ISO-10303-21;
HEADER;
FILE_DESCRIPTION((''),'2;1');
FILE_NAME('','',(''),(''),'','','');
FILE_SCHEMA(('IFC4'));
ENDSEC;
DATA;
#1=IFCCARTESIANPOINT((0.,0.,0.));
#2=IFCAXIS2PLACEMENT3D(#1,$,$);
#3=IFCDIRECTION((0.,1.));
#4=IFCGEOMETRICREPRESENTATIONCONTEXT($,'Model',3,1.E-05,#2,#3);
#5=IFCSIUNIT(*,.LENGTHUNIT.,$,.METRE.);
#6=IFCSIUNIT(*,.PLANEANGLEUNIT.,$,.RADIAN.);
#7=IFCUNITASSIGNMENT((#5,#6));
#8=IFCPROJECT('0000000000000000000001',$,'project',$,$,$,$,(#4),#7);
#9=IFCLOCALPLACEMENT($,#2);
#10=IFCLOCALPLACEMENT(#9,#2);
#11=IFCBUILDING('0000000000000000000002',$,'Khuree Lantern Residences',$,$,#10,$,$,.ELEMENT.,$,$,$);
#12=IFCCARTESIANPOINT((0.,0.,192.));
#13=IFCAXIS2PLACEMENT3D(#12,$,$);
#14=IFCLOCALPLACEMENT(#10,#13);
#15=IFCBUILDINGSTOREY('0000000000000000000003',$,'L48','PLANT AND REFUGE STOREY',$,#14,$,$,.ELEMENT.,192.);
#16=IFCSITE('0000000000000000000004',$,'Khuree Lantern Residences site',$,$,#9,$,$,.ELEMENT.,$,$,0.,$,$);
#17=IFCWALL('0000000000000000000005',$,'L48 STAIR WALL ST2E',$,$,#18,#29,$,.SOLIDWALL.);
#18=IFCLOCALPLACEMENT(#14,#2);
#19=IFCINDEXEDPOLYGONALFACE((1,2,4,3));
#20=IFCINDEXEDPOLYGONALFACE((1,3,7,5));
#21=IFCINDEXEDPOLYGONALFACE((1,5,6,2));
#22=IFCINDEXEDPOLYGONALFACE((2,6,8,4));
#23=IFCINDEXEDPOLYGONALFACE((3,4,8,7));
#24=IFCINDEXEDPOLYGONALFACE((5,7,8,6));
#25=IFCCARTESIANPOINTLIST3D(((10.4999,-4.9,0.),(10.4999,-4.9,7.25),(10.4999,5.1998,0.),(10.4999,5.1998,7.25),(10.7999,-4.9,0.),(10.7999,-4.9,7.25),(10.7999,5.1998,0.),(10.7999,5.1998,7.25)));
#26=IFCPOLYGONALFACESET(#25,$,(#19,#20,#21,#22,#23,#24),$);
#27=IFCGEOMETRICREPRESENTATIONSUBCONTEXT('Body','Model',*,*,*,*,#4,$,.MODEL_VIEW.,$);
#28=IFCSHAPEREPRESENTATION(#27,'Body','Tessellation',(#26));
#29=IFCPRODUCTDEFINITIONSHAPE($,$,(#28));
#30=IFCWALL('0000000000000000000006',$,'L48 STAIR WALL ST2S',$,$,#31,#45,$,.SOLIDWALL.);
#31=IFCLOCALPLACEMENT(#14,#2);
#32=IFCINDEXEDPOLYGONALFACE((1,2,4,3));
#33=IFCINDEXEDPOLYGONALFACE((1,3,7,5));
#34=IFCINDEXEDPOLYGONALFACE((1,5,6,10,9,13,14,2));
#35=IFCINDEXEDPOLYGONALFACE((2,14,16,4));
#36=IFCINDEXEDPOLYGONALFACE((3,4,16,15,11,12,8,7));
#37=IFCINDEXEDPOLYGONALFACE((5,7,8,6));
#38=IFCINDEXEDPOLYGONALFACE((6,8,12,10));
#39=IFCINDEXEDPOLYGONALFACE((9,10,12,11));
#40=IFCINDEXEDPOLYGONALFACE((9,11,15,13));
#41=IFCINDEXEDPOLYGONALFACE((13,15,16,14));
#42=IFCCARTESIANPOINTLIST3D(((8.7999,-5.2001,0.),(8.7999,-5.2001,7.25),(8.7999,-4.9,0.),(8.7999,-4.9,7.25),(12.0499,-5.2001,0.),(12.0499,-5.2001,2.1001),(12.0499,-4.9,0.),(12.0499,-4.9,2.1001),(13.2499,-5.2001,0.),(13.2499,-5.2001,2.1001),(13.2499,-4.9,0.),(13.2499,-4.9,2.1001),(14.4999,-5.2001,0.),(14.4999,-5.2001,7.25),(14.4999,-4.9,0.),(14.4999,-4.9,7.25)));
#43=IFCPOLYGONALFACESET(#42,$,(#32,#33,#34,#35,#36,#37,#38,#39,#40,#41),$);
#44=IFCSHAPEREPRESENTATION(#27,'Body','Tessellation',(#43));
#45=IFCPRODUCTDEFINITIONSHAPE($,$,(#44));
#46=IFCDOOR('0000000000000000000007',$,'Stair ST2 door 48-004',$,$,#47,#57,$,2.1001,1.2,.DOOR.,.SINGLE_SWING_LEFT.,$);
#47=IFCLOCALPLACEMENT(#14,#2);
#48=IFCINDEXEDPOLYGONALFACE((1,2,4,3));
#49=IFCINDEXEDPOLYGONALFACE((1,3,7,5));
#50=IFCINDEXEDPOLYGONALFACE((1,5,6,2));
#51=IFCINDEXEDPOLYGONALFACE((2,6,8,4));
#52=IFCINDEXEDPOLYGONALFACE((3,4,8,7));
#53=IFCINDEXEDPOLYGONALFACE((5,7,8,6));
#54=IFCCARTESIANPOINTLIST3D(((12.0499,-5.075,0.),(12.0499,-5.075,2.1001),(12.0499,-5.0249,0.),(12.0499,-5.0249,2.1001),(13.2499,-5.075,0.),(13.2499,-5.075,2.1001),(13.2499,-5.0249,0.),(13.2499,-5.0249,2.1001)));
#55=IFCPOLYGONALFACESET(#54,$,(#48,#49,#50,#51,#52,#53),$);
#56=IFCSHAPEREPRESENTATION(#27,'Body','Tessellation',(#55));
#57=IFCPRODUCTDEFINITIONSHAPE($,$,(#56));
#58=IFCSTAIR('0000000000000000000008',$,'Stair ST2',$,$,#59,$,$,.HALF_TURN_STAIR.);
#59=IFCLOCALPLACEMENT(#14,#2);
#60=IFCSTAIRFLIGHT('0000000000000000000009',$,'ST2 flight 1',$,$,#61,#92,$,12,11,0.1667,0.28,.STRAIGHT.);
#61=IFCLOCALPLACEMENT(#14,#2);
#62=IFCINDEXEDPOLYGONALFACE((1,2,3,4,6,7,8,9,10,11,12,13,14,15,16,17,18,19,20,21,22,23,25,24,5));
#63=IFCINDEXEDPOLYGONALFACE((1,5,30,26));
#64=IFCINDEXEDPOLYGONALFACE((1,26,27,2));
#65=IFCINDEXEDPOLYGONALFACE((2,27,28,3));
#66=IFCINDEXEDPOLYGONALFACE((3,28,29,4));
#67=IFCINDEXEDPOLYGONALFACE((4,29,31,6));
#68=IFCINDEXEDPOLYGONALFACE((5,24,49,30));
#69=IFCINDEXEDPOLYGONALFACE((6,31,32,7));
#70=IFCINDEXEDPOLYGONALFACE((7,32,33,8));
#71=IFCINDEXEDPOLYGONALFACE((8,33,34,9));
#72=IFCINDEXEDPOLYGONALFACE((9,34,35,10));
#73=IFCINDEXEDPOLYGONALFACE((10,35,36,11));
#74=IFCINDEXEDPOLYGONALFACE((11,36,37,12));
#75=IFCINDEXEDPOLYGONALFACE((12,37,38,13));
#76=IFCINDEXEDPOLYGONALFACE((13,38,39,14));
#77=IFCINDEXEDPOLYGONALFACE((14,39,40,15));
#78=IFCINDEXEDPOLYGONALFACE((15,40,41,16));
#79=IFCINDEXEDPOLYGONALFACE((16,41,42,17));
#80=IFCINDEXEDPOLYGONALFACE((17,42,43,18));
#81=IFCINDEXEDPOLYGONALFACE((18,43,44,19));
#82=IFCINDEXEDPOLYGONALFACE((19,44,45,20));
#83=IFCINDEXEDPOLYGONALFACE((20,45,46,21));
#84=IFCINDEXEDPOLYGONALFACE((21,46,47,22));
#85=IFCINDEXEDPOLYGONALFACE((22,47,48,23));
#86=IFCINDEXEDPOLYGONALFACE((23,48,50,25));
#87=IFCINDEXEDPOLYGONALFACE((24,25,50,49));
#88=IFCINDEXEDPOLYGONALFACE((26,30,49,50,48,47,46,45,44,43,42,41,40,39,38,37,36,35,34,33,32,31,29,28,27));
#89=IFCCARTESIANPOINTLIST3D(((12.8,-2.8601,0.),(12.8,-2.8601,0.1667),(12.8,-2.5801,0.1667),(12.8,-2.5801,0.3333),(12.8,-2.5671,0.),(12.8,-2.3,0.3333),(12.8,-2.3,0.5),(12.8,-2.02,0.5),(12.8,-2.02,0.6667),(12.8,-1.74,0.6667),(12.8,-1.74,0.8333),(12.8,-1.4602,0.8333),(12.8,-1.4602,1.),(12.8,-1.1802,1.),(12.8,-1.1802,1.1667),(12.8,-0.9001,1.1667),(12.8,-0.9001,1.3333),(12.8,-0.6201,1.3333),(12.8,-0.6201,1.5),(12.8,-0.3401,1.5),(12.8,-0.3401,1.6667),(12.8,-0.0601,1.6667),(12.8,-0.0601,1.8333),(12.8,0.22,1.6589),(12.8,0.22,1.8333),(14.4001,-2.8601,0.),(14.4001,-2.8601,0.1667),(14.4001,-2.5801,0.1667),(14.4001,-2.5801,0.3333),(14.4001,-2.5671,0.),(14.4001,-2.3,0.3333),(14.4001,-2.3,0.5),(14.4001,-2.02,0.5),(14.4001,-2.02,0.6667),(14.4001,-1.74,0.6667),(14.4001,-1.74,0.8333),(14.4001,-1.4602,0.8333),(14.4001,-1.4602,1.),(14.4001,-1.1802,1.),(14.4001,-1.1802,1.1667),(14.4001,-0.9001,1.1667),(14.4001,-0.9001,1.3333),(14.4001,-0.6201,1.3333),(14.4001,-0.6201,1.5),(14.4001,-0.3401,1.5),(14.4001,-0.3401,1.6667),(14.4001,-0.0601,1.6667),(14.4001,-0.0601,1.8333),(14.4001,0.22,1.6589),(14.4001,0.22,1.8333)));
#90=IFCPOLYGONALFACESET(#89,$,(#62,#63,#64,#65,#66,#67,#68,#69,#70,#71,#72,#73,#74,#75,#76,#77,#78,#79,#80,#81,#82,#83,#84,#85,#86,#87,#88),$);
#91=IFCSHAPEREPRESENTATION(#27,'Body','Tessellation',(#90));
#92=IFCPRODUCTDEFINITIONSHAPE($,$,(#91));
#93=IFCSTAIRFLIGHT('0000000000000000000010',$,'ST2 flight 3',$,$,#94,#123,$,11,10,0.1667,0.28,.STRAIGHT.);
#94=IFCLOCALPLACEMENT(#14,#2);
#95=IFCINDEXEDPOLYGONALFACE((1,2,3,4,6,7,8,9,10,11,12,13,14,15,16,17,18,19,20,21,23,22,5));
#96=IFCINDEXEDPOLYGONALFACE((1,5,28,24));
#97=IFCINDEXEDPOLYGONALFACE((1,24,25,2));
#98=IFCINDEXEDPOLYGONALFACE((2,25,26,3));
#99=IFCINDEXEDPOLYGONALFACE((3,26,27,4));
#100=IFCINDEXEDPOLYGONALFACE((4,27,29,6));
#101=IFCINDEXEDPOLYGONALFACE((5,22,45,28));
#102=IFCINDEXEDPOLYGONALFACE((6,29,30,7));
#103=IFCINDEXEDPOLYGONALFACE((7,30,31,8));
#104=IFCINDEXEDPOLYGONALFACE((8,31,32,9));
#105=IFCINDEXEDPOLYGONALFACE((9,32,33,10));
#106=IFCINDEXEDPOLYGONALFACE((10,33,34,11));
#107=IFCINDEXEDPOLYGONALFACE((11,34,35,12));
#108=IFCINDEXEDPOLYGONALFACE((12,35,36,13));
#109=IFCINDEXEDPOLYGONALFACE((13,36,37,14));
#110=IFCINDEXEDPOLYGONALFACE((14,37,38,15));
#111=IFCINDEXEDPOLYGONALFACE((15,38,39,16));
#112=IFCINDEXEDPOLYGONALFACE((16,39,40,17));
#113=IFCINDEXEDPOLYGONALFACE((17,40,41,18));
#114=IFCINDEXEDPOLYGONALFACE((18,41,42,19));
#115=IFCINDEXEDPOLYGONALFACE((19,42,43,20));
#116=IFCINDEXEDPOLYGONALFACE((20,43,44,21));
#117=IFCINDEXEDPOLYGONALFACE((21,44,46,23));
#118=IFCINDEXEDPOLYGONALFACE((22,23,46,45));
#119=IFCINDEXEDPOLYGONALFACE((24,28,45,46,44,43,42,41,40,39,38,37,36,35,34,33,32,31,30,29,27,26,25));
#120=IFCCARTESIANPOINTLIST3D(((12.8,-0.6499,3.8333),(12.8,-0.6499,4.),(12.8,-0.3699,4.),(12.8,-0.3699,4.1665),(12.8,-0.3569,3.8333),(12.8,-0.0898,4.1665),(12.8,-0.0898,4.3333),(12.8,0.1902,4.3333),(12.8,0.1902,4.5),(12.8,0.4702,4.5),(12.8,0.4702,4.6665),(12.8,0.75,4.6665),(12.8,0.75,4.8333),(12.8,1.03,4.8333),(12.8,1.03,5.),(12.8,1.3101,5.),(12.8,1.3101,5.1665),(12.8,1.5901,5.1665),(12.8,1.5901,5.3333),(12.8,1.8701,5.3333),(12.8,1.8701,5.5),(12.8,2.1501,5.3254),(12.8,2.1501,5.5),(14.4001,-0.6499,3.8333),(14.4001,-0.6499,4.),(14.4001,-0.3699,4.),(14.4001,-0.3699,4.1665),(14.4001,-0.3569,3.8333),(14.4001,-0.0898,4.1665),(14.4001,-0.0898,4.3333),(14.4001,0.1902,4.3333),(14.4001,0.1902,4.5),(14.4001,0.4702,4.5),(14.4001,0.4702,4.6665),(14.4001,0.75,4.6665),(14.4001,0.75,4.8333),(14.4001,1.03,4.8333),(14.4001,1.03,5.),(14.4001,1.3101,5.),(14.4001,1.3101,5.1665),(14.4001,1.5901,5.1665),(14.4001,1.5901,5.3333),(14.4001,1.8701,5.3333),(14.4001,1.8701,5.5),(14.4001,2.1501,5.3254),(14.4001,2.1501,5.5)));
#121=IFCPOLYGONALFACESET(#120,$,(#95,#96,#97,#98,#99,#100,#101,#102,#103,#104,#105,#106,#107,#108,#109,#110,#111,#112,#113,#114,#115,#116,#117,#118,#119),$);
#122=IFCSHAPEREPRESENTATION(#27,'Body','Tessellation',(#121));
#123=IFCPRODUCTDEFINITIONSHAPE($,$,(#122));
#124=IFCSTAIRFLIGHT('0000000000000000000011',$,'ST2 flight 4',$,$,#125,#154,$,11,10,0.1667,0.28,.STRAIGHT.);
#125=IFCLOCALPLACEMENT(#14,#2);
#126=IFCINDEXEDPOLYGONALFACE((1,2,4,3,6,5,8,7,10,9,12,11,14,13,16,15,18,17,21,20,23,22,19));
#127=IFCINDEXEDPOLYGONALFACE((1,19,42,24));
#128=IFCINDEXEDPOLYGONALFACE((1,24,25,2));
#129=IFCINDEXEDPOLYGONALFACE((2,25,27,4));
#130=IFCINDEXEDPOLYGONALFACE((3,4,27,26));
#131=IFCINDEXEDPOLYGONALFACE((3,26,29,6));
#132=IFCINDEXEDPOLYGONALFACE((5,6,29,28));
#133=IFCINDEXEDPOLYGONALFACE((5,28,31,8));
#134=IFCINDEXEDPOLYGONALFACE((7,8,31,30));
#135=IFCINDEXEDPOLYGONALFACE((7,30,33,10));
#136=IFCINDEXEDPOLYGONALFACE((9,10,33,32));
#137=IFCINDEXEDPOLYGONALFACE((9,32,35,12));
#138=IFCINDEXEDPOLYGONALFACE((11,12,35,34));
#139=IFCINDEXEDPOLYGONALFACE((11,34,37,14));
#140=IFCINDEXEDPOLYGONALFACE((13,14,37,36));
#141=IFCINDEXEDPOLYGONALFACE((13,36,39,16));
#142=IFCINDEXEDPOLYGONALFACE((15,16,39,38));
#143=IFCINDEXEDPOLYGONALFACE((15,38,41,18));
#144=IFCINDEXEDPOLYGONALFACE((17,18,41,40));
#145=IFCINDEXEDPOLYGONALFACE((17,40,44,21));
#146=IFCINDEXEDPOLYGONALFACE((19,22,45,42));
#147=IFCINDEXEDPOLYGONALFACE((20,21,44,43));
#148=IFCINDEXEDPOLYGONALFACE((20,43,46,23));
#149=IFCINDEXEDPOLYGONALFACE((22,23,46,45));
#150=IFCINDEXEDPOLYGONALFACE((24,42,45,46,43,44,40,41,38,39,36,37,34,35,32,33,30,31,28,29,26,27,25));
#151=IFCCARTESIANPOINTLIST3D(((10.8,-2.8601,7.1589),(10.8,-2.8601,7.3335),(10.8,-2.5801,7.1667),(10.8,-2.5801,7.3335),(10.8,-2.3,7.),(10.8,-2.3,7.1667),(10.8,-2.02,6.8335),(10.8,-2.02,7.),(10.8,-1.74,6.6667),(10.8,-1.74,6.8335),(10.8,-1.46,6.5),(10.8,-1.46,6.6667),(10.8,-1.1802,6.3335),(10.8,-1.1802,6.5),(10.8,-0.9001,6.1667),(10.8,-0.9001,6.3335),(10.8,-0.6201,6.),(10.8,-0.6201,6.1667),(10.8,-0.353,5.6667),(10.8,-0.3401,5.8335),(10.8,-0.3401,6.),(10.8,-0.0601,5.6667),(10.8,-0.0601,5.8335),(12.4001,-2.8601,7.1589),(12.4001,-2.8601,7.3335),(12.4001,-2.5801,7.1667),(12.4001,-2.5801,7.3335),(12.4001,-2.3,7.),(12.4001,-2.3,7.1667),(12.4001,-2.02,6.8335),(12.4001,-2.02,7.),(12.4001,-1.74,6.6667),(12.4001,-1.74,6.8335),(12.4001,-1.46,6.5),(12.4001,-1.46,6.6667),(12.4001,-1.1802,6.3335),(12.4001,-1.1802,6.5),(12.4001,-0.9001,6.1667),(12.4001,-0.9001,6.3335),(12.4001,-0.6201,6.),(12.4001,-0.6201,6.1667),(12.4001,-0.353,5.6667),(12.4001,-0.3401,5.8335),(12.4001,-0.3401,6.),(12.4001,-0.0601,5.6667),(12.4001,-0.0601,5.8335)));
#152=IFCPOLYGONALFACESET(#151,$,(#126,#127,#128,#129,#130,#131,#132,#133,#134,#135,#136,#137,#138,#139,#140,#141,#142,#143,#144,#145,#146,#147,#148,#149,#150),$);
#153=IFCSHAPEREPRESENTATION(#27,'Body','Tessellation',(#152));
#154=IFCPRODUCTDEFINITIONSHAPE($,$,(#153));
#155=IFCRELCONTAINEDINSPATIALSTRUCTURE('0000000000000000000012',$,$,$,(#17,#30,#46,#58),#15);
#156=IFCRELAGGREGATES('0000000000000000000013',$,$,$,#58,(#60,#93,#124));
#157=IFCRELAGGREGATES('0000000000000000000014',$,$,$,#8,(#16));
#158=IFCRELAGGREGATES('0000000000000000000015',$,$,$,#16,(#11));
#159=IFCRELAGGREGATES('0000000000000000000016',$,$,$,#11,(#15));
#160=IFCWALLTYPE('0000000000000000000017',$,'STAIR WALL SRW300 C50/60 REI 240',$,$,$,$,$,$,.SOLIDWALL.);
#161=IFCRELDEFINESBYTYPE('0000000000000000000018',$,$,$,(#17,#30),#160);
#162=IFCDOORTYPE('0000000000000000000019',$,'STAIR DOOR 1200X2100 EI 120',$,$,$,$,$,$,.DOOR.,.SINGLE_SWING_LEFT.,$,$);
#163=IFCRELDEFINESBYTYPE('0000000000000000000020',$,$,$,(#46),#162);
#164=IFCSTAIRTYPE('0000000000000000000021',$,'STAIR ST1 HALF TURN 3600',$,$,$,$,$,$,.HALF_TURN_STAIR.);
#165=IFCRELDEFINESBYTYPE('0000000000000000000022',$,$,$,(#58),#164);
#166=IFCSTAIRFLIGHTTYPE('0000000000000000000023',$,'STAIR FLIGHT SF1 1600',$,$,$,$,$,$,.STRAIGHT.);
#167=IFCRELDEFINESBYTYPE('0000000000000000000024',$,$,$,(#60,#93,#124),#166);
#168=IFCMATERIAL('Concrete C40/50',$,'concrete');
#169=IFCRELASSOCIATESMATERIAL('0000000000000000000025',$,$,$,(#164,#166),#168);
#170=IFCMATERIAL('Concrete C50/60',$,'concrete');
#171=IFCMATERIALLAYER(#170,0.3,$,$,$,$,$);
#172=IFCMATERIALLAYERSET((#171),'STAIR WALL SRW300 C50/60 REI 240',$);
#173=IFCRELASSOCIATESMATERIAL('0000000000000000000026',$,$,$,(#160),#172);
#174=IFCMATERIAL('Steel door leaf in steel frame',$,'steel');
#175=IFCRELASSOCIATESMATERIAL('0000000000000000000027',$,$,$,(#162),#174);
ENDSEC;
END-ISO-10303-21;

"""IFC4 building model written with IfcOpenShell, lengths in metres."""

from ifc_helpers import new_model, si_unit, direction, frame, frame_2d, origin, place, context, subcontext, project, spatial, polyline, rectangle, outline, extrude, material, layer, layer_set, type_object, element, fill, aggregate, save


model = new_model("IFC4")

# Units and contexts
model_context = context("Model", 3, precision=1e-05, world=origin(), true_north=direction((0.0, 1.0)))
body_context = subcontext(model_context, "Body", "Model", "MODEL_VIEW")
ifc_project = project(units=[si_unit("LENGTHUNIT", "METRE"), si_unit("PLANEANGLEUNIT", "RADIAN")], contexts=[model_context])

# Site, building, storey
site_placement = place(None, origin())
site = spatial("IfcSite", under=ifc_project, at=site_placement, Name="Khuree Lantern Residences site", CompositionType="ELEMENT", RefElevation=0.0)
building_placement = place(site_placement, origin())
building = spatial("IfcBuilding", under=site, at=building_placement, Name="Khuree Lantern Residences", CompositionType="ELEMENT")
storey_placement = place(building_placement, frame((0.0, 0.0, 192.0)))
storey = spatial("IfcBuildingStorey", under=building, at=storey_placement, Name="L48", Description="PLANT AND REFUGE STOREY", CompositionType="ELEMENT", Elevation=192.0)

# Shared definitions
ifc_material_1 = material(Name="Concrete C40/50", Category="concrete")
stair_type = type_object("IfcStairType", Name="STAIR ST1 HALF TURN 3600", PredefinedType="HALF_TURN_STAIR", material=ifc_material_1)

# Wall
ifc_material_2 = material(Name="Concrete C50/60", Category="concrete")
ifc_layer_1 = layer(ifc_material_2, 0.3)
ifc_layer_set_1 = layer_set([ifc_layer_1], Name="STAIR WALL SRW300 C50/60 REI 240")
wall_type_1 = type_object("IfcWallType", Name="STAIR WALL SRW300 C50/60 REI 240", PredefinedType="SOLIDWALL", material=ifc_layer_set_1)
wall_1_placement = place(storey_placement, frame((10.6499, -4.8999, 0.0), z_axis=(0.0, 0.0, 1.0), x_axis=(0.0, 1.0, 0.0)))
element("IfcWall", 1, at=wall_1_placement, inside=storey, type_object=wall_type_1, Name="L48 STAIR WALL ST2E", PredefinedType="SOLIDWALL", context=body_context, shape_type="SweptSolid", body=[
    extrude(rectangle(XDim=10.0999, YDim=0.3, at=frame_2d((5.0498, 0.0))), origin(), (0.0, 0.0, 1.0), 7.25),
])

# Wall, opening, door
wall_2_placement = place(storey_placement, frame((14.5, -5.05, 0.0), z_axis=(0.0, 0.0, 1.0), x_axis=(-1.0, 0.0, 0.0)))
wall_2 = element("IfcWall", 2, at=wall_2_placement, inside=storey, type_object=wall_type_1, Name="L48 STAIR WALL ST2S", PredefinedType="SOLIDWALL", context=body_context, shape_type="SweptSolid", body=[
    extrude(rectangle(XDim=5.7, YDim=0.3, at=frame_2d((2.8501, 0.0))), origin(), (0.0, 0.0, 1.0), 7.25),
])
opening_1_placement = place(wall_2_placement, frame((1.25, 0.0, 0.0)))
opening_1 = element("IfcOpeningElement", 3, at=opening_1_placement, cuts=wall_2, PredefinedType="OPENING", context=body_context, shape_type="SweptSolid", body=[
    extrude(rectangle(XDim=1.2, YDim=2.1001, at=frame_2d((0.6001, 1.05))), frame((0.0, 0.1602, 0.0), z_axis=(0.0, -1.0, 0.0), x_axis=(1.0, 0.0, 0.0)), (0.0, 0.0, 1.0), 0.3201),
])
ifc_material_3 = material(Name="Steel door leaf in steel frame", Category="steel")
door_type_1 = type_object("IfcDoorType", Name="STAIR DOOR 1200X2100 EI 120", OperationType="SINGLE_SWING_LEFT", PredefinedType="DOOR", material=ifc_material_3)
door_1_placement = place(opening_1_placement, origin())
door_1 = element("IfcDoor", 4, at=door_1_placement, inside=storey, type_object=door_type_1, Name="Stair ST2 door 48-004", OperationType="SINGLE_SWING_LEFT", OverallHeight=2.1001, OverallWidth=1.2, PredefinedType="DOOR", context=body_context, shape_type="SweptSolid", body=[
    extrude(rectangle(XDim=1.2, YDim=2.1001, at=frame_2d((0.6001, 1.05))), frame((0.0, 0.0249, 0.0), z_axis=(0.0, -1.0, 0.0), x_axis=(1.0, 0.0, 0.0)), (0.0, 0.0, 1.0), 0.05),
])
fill(opening_1, door_1)

# Stair, stair flights
stair_1_placement = place(storey_placement, origin())
stair_1 = element("IfcStair", 5, at=stair_1_placement, inside=storey, type_object=stair_type, Name="Stair ST2", PredefinedType="HALF_TURN_STAIR")
stair_flight_type = type_object("IfcStairFlightType", Name="STAIR FLIGHT SF1 1600", PredefinedType="STRAIGHT", material=ifc_material_1)
stair_flight_1_placement = place(storey_placement, frame((13.6001, -2.8601, 0.0), z_axis=(0.0, 0.0, 1.0), x_axis=(0.0, 1.0, 0.0)))
stair_flight_1 = element("IfcStairFlight", 6, at=stair_flight_1_placement, type_object=stair_flight_type, Name="ST2 flight 1", NumberOfRisers=12, NumberOfTreads=11, PredefinedType="STRAIGHT", RiserHeight=0.1667, TreadLength=0.28, context=body_context, shape_type="SweptSolid", body=[
    extrude(outline(polyline([(0.0, 0.0), (0.0, 0.1667), (0.28, 0.1667), (0.28, 0.3333), (0.5601, 0.3333), (0.5601, 0.5), (0.8401, 0.5), (0.8401, 0.6667), (1.1201, 0.6667), (1.1201, 0.8333), (1.3999, 0.8333), (1.3999, 1.0), (1.6799, 1.0), (1.6799, 1.1667), (1.96, 1.1667), (1.96, 1.3333), (2.24, 1.3333), (2.24, 1.5), (2.52, 1.5), (2.52, 1.6667), (2.8, 1.6667), (2.8, 1.8333), (3.0801, 1.8333), (3.0801, 2.0), (3.0801, 1.6589), (0.293, 0.0), (0.0, 0.0)])), frame((0.0, 0.8, 0.0), z_axis=(0.0, -1.0, 0.0), x_axis=(1.0, 0.0, 0.0)), (0.0, 0.0, 1.0), 1.6001),
])
stair_flight_2_placement = place(storey_placement, frame((13.6001, -0.6499, 3.8333), z_axis=(0.0, 0.0, 1.0), x_axis=(0.0, 1.0, 0.0)))
stair_flight_2 = element("IfcStairFlight", 7, at=stair_flight_2_placement, type_object=stair_flight_type, Name="ST2 flight 3", NumberOfRisers=11, NumberOfTreads=10, PredefinedType="STRAIGHT", RiserHeight=0.1667, TreadLength=0.28, context=body_context, shape_type="SweptSolid", body=[
    extrude(outline(polyline([(0.0, 0.0), (0.0, 0.1667), (0.28, 0.1667), (0.28, 0.3333), (0.5601, 0.3333), (0.5601, 0.5), (0.8401, 0.5), (0.8401, 0.6667), (1.1201, 0.6667), (1.1201, 0.8333), (1.3999, 0.8333), (1.3999, 1.0), (1.6799, 1.0), (1.6799, 1.1667), (1.96, 1.1667), (1.96, 1.3333), (2.24, 1.3333), (2.24, 1.5), (2.52, 1.5), (2.52, 1.6667), (2.8, 1.6667), (2.8, 1.8333), (2.8, 1.4922), (0.293, 0.0), (0.0, 0.0)])), frame((0.0, 0.8, 0.0), z_axis=(0.0, -1.0, 0.0), x_axis=(1.0, 0.0, 0.0)), (0.0, 0.0, 1.0), 1.6001),
])
stair_flight_3_placement = place(storey_placement, frame((11.6001, -0.0601, 5.6667), z_axis=(0.0, 0.0, 1.0), x_axis=(0.0, -1.0, 0.0)))
stair_flight_3 = element("IfcStairFlight", 8, at=stair_flight_3_placement, type_object=stair_flight_type, Name="ST2 flight 4", NumberOfRisers=11, NumberOfTreads=10, PredefinedType="STRAIGHT", RiserHeight=0.1667, TreadLength=0.28, context=body_context, shape_type="SweptSolid", body=[
    extrude(outline(polyline([(0.0, 0.0), (0.0, 0.1667), (0.28, 0.1667), (0.28, 0.3333), (0.5601, 0.3333), (0.5601, 0.5), (0.8401, 0.5), (0.8401, 0.6667), (1.1201, 0.6667), (1.1201, 0.8333), (1.3999, 0.8333), (1.3999, 1.0), (1.6799, 1.0), (1.6799, 1.1667), (1.96, 1.1667), (1.96, 1.3333), (2.24, 1.3333), (2.24, 1.5), (2.52, 1.5), (2.52, 1.6667), (2.8, 1.6667), (2.8, 1.8333), (2.8, 1.4922), (0.293, 0.0), (0.0, 0.0)])), frame((0.0, 0.8, 0.0), z_axis=(0.0, -1.0, 0.0), x_axis=(1.0, 0.0, 0.0)), (0.0, 0.0, 1.0), 1.6001),
])
aggregate(stair_1, [stair_flight_1, stair_flight_2, stair_flight_3])

save(model, "model.ifc")
